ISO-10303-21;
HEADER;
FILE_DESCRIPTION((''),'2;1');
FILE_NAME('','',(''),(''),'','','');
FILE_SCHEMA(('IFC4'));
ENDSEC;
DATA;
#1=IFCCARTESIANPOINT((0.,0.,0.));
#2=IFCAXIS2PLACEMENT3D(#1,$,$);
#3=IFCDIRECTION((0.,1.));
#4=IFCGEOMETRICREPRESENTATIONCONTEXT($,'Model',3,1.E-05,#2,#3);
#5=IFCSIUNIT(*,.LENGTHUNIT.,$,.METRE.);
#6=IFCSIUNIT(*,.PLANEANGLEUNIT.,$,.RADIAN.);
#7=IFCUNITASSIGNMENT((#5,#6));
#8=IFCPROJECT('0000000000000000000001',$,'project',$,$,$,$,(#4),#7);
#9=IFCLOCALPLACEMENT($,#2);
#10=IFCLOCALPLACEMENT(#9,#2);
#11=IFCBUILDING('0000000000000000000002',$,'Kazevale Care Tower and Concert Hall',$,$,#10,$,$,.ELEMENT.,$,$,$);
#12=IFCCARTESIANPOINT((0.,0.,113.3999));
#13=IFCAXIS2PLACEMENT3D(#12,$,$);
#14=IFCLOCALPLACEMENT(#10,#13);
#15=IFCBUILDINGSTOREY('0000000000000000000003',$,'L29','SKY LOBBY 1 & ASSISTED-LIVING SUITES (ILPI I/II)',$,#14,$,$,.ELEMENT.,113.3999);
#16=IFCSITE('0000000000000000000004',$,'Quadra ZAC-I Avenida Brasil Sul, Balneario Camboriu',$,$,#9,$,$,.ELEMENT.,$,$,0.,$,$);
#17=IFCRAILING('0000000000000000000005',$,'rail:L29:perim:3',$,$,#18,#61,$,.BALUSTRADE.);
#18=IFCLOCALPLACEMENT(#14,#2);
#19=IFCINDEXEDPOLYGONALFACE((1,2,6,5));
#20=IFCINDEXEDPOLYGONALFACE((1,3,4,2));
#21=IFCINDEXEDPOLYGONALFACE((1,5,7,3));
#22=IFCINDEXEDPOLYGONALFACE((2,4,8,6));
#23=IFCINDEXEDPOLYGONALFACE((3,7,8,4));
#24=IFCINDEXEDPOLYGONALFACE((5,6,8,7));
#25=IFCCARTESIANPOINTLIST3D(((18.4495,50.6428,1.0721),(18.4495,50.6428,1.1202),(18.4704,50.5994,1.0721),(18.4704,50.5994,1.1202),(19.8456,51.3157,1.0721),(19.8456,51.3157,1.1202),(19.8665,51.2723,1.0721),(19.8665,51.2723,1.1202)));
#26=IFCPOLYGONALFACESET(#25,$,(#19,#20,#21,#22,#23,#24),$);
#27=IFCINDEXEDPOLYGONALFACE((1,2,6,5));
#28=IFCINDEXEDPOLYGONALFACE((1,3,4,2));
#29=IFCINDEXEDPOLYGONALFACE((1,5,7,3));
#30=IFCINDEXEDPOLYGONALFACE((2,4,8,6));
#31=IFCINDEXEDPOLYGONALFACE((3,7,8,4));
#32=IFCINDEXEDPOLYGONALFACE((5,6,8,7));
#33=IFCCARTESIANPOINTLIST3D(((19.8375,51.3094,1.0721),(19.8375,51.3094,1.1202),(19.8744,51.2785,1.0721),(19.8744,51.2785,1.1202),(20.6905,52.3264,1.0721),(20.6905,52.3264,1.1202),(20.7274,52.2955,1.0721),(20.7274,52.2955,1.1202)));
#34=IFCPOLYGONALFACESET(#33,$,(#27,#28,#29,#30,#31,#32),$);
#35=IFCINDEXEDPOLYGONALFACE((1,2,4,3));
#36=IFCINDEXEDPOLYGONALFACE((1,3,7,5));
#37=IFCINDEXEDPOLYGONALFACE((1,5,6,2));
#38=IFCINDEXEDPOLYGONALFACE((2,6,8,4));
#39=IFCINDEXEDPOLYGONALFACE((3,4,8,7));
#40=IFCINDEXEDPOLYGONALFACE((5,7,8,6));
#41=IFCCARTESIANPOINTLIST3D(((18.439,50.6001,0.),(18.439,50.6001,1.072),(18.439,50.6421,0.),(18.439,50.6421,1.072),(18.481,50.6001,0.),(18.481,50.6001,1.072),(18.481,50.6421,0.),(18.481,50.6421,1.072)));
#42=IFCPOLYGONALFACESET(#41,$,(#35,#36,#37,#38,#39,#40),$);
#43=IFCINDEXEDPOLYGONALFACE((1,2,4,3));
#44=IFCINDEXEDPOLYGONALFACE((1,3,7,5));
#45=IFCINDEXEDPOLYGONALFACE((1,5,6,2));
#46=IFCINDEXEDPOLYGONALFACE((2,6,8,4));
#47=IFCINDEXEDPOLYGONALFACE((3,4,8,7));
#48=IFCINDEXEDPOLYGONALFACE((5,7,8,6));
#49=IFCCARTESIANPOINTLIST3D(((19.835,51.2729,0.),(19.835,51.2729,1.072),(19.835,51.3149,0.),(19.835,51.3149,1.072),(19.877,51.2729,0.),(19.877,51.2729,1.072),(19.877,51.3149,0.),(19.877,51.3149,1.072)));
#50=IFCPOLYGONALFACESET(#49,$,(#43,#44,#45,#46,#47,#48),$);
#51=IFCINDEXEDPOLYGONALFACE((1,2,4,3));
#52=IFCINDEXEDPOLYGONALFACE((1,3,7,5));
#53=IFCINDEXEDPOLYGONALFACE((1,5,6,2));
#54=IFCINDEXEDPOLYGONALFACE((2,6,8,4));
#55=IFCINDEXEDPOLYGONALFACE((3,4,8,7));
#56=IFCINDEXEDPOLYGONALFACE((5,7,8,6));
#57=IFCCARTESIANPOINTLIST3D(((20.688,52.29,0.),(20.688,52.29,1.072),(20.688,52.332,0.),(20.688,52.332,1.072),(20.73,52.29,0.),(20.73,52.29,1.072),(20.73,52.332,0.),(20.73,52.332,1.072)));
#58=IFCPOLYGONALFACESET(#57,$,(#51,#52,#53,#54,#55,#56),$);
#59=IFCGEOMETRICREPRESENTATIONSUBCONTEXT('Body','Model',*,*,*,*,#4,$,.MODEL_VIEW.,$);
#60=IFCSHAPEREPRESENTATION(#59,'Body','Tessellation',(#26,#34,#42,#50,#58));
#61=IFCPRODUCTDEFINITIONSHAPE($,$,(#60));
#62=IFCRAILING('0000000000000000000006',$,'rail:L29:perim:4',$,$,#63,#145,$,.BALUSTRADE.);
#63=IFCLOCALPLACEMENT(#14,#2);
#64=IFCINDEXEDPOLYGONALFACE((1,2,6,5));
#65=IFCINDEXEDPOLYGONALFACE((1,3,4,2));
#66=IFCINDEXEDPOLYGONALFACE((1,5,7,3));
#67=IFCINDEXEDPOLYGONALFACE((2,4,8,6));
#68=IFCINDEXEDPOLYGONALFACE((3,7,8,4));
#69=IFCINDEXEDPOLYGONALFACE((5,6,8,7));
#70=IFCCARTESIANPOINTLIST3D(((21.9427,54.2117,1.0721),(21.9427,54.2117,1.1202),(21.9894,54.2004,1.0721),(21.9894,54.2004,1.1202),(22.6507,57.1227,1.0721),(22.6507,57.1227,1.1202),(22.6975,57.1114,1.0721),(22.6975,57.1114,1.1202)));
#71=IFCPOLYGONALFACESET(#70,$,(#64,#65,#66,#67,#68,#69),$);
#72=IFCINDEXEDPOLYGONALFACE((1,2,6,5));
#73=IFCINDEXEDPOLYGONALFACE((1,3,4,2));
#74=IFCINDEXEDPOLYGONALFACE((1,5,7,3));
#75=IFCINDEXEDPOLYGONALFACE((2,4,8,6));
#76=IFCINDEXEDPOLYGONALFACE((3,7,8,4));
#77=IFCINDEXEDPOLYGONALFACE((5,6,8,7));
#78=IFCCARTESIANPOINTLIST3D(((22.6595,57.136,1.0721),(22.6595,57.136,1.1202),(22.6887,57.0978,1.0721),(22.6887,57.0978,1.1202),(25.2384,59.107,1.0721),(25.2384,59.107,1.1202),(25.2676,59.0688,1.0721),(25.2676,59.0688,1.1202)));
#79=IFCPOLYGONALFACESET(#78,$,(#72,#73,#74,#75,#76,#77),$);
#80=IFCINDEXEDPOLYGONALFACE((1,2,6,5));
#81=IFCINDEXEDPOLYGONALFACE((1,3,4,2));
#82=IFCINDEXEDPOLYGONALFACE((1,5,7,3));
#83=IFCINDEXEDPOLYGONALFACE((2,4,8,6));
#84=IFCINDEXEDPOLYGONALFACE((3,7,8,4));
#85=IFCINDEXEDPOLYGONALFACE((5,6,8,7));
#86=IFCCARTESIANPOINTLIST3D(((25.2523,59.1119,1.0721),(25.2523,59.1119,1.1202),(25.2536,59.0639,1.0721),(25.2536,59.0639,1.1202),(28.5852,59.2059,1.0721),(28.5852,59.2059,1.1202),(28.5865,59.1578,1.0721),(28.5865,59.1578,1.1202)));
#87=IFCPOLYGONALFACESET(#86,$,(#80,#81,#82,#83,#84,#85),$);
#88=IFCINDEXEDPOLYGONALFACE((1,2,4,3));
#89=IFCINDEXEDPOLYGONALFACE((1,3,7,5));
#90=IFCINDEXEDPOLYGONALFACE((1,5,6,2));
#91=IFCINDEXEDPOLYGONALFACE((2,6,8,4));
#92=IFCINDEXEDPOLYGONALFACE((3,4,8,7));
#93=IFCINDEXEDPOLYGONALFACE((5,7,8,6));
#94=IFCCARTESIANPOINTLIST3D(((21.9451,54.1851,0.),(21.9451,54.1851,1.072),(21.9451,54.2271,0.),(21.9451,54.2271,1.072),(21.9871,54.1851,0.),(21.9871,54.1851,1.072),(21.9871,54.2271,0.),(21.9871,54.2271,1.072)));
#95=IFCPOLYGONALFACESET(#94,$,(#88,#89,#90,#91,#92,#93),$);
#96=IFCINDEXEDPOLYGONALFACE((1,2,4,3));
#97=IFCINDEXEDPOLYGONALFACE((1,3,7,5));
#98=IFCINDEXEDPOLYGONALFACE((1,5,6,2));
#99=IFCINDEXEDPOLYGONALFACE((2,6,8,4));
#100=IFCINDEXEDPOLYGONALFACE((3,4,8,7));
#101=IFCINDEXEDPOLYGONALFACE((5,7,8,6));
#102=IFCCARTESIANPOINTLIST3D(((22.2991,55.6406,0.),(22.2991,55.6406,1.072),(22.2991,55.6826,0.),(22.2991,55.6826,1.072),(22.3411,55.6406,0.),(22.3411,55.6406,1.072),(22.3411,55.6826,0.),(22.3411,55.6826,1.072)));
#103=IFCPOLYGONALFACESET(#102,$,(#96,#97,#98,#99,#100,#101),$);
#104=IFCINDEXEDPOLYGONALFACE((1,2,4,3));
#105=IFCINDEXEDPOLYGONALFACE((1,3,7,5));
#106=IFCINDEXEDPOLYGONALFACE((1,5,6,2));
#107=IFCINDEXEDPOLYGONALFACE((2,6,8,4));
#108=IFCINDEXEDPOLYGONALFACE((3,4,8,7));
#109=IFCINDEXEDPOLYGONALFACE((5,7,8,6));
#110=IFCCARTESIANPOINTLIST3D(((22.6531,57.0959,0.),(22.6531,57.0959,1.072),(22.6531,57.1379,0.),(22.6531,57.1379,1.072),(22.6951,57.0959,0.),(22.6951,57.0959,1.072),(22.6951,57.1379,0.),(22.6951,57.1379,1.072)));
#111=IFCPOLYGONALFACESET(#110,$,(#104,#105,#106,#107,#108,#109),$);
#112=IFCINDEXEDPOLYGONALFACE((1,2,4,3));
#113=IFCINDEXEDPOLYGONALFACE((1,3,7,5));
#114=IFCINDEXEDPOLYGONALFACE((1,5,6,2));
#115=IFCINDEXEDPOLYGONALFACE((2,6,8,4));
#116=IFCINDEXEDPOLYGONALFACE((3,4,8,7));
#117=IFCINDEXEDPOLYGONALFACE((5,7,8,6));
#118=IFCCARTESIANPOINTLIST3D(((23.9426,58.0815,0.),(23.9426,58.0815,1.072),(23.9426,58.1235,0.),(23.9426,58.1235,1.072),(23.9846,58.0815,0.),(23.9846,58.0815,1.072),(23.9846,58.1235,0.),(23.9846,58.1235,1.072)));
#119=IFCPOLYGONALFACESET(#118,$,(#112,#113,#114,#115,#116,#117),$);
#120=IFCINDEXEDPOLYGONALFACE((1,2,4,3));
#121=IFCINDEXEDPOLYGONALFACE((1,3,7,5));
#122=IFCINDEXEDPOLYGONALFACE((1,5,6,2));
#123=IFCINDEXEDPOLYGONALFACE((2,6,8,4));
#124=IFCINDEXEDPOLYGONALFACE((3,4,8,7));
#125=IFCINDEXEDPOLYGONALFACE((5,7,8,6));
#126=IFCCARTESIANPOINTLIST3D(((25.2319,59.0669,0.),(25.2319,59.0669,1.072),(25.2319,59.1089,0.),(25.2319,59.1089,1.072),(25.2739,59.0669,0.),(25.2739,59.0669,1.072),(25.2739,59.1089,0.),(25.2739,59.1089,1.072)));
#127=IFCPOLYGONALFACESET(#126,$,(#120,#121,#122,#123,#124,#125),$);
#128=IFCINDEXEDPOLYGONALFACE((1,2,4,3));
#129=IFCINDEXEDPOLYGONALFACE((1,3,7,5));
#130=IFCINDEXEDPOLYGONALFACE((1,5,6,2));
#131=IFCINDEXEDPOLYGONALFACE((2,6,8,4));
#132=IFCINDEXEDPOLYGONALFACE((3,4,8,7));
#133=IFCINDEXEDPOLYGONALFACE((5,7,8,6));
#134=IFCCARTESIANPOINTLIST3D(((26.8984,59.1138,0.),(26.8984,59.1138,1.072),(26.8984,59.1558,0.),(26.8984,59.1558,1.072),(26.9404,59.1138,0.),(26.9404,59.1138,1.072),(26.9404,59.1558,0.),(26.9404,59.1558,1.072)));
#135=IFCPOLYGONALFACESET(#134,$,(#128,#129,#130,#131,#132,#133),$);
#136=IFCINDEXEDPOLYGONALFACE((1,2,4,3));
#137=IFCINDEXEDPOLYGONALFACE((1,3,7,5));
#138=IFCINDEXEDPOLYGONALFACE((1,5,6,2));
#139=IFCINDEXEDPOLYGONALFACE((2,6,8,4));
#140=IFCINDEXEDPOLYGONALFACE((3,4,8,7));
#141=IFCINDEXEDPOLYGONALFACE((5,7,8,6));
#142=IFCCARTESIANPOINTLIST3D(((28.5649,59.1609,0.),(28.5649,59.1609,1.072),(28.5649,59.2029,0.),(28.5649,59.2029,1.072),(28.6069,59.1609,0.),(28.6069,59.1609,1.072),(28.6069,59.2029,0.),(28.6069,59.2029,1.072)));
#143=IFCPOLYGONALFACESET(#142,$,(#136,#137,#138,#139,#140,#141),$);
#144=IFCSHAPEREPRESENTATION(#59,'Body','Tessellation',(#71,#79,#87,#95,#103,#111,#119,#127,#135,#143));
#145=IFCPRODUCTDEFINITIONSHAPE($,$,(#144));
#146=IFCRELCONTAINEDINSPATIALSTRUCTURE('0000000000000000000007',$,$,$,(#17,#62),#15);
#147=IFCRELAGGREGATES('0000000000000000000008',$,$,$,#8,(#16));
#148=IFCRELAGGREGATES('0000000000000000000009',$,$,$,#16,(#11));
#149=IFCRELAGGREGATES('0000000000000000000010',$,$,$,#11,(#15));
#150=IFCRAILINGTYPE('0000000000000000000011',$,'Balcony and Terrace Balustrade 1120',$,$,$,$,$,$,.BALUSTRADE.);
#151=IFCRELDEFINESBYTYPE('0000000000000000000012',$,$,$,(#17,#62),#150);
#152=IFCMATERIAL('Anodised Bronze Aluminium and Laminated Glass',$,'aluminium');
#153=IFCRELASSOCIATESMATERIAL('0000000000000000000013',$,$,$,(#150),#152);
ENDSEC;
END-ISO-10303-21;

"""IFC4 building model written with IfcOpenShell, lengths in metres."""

from ifc_helpers import new_model, si_unit, direction, frame, origin, origin_2d, place, context, subcontext, project, spatial, rectangle, extrude, material, type_object, element, save


model = new_model("IFC4")

# Units and contexts
model_context = context("Model", 3, precision=1e-05, world=origin(), true_north=direction((0.0, 1.0)))
body_context = subcontext(model_context, "Body", "Model", "MODEL_VIEW")
ifc_project = project(units=[si_unit("LENGTHUNIT", "METRE"), si_unit("PLANEANGLEUNIT", "RADIAN")], contexts=[model_context])

# Site, building, storey
site_placement = place(None, origin())
site = spatial("IfcSite", under=ifc_project, at=site_placement, Name="Quadra ZAC-I Avenida Brasil Sul, Balneario Camboriu", CompositionType="ELEMENT", RefElevation=0.0)
building_placement = place(site_placement, origin())
building = spatial("IfcBuilding", under=site, at=building_placement, Name="Kazevale Care Tower and Concert Hall", CompositionType="ELEMENT")
storey_placement = place(building_placement, frame((0.0, 0.0, 113.3999)))
storey = spatial("IfcBuildingStorey", under=building, at=storey_placement, Name="L29", Description="SKY LOBBY 1 & ASSISTED-LIVING SUITES (ILPI I/II)", CompositionType="ELEMENT", Elevation=113.3999)

# Railings
ifc_material_1 = material(Name="Anodised Bronze Aluminium and Laminated Glass", Category="aluminium")
railing_type = type_object("IfcRailingType", Name="Balcony and Terrace Balustrade 1120", PredefinedType="BALUSTRADE", material=ifc_material_1)
railing_1_placement = place(storey_placement, frame((18.46, 50.6211, 0.0)))
element("IfcRailing", 1, at=railing_1_placement, inside=storey, type_object=railing_type, Name="rail:L29:perim:3", PredefinedType="BALUSTRADE", context=body_context, shape_type="SweptSolid", body=[
    extrude(rectangle(XDim=0.0481, YDim=0.0481, at=origin_2d()), frame((0.0, 0.0, 1.0962), z_axis=(0.900824, 0.434185, 0.0), x_axis=(-0.434185, 0.900824, 0.0)), (0.0, 0.0, 1.0), 1.5498),
    extrude(rectangle(XDim=0.0481, YDim=0.0481, at=origin_2d()), frame((1.396, 0.6729, 1.0962), z_axis=(0.642605, 0.766197, 0.0), x_axis=(-0.766197, 0.642605, 0.0)), (0.0, 0.0, 1.0), 1.3274),
    extrude(rectangle(XDim=0.042, YDim=0.042, at=origin_2d()), origin(), (0.0, 0.0, 1.0), 1.072),
    extrude(rectangle(XDim=0.042, YDim=0.042, at=origin_2d()), frame((1.396, 0.6729, 0.0)), (0.0, 0.0, 1.0), 1.072),
    extrude(rectangle(XDim=0.042, YDim=0.042, at=origin_2d()), frame((2.249, 1.6899, 0.0)), (0.0, 0.0, 1.0), 1.072),
])
railing_2_placement = place(storey_placement, frame((21.9661, 54.2061, 0.0)))
element("IfcRailing", 2, at=railing_2_placement, inside=storey, type_object=railing_type, Name="rail:L29:perim:4", PredefinedType="BALUSTRADE", context=body_context, shape_type="SweptSolid", body=[
    extrude(rectangle(XDim=0.0481, YDim=0.0481, at=origin_2d()), frame((0.0, 0.0, 1.0962), z_axis=(0.236337, 0.971671, 0.0), x_axis=(-0.971671, 0.236337, 0.0)), (0.0, 0.0, 1.0), 2.9958),
    extrude(rectangle(XDim=0.0481, YDim=0.0481, at=origin_2d()), frame((0.708, 2.9109, 1.0962), z_axis=(0.794524, 0.607232, 0.0), x_axis=(-0.607232, 0.794524, 0.0)), (0.0, 0.0, 1.0), 3.2458),
    extrude(rectangle(XDim=0.0481, YDim=0.0481, at=origin_2d()), frame((3.2869, 4.8818, 1.0962), z_axis=(0.999603, 0.02819, 0.0), x_axis=(-0.02819, 0.999603, 0.0)), (0.0, 0.0, 1.0), 3.3342),
    extrude(rectangle(XDim=0.042, YDim=0.042, at=origin_2d()), origin(), (0.0, 0.0, 1.0), 1.072),
    extrude(rectangle(XDim=0.042, YDim=0.042, at=origin_2d()), frame((0.354, 1.4556, 0.0)), (0.0, 0.0, 1.0), 1.072),
    extrude(rectangle(XDim=0.042, YDim=0.042, at=origin_2d()), frame((0.708, 2.9109, 0.0)), (0.0, 0.0, 1.0), 1.072),
    extrude(rectangle(XDim=0.042, YDim=0.042, at=origin_2d()), frame((1.9976, 3.8965, 0.0)), (0.0, 0.0, 1.0), 1.072),
    extrude(rectangle(XDim=0.042, YDim=0.042, at=origin_2d()), frame((3.2869, 4.8818, 0.0)), (0.0, 0.0, 1.0), 1.072),
    extrude(rectangle(XDim=0.042, YDim=0.042, at=origin_2d()), frame((4.9534, 4.9287, 0.0)), (0.0, 0.0, 1.0), 1.072),
    extrude(rectangle(XDim=0.042, YDim=0.042, at=origin_2d()), frame((6.6199, 4.9758, 0.0)), (0.0, 0.0, 1.0), 1.072),
])

save(model, "model.ifc")
